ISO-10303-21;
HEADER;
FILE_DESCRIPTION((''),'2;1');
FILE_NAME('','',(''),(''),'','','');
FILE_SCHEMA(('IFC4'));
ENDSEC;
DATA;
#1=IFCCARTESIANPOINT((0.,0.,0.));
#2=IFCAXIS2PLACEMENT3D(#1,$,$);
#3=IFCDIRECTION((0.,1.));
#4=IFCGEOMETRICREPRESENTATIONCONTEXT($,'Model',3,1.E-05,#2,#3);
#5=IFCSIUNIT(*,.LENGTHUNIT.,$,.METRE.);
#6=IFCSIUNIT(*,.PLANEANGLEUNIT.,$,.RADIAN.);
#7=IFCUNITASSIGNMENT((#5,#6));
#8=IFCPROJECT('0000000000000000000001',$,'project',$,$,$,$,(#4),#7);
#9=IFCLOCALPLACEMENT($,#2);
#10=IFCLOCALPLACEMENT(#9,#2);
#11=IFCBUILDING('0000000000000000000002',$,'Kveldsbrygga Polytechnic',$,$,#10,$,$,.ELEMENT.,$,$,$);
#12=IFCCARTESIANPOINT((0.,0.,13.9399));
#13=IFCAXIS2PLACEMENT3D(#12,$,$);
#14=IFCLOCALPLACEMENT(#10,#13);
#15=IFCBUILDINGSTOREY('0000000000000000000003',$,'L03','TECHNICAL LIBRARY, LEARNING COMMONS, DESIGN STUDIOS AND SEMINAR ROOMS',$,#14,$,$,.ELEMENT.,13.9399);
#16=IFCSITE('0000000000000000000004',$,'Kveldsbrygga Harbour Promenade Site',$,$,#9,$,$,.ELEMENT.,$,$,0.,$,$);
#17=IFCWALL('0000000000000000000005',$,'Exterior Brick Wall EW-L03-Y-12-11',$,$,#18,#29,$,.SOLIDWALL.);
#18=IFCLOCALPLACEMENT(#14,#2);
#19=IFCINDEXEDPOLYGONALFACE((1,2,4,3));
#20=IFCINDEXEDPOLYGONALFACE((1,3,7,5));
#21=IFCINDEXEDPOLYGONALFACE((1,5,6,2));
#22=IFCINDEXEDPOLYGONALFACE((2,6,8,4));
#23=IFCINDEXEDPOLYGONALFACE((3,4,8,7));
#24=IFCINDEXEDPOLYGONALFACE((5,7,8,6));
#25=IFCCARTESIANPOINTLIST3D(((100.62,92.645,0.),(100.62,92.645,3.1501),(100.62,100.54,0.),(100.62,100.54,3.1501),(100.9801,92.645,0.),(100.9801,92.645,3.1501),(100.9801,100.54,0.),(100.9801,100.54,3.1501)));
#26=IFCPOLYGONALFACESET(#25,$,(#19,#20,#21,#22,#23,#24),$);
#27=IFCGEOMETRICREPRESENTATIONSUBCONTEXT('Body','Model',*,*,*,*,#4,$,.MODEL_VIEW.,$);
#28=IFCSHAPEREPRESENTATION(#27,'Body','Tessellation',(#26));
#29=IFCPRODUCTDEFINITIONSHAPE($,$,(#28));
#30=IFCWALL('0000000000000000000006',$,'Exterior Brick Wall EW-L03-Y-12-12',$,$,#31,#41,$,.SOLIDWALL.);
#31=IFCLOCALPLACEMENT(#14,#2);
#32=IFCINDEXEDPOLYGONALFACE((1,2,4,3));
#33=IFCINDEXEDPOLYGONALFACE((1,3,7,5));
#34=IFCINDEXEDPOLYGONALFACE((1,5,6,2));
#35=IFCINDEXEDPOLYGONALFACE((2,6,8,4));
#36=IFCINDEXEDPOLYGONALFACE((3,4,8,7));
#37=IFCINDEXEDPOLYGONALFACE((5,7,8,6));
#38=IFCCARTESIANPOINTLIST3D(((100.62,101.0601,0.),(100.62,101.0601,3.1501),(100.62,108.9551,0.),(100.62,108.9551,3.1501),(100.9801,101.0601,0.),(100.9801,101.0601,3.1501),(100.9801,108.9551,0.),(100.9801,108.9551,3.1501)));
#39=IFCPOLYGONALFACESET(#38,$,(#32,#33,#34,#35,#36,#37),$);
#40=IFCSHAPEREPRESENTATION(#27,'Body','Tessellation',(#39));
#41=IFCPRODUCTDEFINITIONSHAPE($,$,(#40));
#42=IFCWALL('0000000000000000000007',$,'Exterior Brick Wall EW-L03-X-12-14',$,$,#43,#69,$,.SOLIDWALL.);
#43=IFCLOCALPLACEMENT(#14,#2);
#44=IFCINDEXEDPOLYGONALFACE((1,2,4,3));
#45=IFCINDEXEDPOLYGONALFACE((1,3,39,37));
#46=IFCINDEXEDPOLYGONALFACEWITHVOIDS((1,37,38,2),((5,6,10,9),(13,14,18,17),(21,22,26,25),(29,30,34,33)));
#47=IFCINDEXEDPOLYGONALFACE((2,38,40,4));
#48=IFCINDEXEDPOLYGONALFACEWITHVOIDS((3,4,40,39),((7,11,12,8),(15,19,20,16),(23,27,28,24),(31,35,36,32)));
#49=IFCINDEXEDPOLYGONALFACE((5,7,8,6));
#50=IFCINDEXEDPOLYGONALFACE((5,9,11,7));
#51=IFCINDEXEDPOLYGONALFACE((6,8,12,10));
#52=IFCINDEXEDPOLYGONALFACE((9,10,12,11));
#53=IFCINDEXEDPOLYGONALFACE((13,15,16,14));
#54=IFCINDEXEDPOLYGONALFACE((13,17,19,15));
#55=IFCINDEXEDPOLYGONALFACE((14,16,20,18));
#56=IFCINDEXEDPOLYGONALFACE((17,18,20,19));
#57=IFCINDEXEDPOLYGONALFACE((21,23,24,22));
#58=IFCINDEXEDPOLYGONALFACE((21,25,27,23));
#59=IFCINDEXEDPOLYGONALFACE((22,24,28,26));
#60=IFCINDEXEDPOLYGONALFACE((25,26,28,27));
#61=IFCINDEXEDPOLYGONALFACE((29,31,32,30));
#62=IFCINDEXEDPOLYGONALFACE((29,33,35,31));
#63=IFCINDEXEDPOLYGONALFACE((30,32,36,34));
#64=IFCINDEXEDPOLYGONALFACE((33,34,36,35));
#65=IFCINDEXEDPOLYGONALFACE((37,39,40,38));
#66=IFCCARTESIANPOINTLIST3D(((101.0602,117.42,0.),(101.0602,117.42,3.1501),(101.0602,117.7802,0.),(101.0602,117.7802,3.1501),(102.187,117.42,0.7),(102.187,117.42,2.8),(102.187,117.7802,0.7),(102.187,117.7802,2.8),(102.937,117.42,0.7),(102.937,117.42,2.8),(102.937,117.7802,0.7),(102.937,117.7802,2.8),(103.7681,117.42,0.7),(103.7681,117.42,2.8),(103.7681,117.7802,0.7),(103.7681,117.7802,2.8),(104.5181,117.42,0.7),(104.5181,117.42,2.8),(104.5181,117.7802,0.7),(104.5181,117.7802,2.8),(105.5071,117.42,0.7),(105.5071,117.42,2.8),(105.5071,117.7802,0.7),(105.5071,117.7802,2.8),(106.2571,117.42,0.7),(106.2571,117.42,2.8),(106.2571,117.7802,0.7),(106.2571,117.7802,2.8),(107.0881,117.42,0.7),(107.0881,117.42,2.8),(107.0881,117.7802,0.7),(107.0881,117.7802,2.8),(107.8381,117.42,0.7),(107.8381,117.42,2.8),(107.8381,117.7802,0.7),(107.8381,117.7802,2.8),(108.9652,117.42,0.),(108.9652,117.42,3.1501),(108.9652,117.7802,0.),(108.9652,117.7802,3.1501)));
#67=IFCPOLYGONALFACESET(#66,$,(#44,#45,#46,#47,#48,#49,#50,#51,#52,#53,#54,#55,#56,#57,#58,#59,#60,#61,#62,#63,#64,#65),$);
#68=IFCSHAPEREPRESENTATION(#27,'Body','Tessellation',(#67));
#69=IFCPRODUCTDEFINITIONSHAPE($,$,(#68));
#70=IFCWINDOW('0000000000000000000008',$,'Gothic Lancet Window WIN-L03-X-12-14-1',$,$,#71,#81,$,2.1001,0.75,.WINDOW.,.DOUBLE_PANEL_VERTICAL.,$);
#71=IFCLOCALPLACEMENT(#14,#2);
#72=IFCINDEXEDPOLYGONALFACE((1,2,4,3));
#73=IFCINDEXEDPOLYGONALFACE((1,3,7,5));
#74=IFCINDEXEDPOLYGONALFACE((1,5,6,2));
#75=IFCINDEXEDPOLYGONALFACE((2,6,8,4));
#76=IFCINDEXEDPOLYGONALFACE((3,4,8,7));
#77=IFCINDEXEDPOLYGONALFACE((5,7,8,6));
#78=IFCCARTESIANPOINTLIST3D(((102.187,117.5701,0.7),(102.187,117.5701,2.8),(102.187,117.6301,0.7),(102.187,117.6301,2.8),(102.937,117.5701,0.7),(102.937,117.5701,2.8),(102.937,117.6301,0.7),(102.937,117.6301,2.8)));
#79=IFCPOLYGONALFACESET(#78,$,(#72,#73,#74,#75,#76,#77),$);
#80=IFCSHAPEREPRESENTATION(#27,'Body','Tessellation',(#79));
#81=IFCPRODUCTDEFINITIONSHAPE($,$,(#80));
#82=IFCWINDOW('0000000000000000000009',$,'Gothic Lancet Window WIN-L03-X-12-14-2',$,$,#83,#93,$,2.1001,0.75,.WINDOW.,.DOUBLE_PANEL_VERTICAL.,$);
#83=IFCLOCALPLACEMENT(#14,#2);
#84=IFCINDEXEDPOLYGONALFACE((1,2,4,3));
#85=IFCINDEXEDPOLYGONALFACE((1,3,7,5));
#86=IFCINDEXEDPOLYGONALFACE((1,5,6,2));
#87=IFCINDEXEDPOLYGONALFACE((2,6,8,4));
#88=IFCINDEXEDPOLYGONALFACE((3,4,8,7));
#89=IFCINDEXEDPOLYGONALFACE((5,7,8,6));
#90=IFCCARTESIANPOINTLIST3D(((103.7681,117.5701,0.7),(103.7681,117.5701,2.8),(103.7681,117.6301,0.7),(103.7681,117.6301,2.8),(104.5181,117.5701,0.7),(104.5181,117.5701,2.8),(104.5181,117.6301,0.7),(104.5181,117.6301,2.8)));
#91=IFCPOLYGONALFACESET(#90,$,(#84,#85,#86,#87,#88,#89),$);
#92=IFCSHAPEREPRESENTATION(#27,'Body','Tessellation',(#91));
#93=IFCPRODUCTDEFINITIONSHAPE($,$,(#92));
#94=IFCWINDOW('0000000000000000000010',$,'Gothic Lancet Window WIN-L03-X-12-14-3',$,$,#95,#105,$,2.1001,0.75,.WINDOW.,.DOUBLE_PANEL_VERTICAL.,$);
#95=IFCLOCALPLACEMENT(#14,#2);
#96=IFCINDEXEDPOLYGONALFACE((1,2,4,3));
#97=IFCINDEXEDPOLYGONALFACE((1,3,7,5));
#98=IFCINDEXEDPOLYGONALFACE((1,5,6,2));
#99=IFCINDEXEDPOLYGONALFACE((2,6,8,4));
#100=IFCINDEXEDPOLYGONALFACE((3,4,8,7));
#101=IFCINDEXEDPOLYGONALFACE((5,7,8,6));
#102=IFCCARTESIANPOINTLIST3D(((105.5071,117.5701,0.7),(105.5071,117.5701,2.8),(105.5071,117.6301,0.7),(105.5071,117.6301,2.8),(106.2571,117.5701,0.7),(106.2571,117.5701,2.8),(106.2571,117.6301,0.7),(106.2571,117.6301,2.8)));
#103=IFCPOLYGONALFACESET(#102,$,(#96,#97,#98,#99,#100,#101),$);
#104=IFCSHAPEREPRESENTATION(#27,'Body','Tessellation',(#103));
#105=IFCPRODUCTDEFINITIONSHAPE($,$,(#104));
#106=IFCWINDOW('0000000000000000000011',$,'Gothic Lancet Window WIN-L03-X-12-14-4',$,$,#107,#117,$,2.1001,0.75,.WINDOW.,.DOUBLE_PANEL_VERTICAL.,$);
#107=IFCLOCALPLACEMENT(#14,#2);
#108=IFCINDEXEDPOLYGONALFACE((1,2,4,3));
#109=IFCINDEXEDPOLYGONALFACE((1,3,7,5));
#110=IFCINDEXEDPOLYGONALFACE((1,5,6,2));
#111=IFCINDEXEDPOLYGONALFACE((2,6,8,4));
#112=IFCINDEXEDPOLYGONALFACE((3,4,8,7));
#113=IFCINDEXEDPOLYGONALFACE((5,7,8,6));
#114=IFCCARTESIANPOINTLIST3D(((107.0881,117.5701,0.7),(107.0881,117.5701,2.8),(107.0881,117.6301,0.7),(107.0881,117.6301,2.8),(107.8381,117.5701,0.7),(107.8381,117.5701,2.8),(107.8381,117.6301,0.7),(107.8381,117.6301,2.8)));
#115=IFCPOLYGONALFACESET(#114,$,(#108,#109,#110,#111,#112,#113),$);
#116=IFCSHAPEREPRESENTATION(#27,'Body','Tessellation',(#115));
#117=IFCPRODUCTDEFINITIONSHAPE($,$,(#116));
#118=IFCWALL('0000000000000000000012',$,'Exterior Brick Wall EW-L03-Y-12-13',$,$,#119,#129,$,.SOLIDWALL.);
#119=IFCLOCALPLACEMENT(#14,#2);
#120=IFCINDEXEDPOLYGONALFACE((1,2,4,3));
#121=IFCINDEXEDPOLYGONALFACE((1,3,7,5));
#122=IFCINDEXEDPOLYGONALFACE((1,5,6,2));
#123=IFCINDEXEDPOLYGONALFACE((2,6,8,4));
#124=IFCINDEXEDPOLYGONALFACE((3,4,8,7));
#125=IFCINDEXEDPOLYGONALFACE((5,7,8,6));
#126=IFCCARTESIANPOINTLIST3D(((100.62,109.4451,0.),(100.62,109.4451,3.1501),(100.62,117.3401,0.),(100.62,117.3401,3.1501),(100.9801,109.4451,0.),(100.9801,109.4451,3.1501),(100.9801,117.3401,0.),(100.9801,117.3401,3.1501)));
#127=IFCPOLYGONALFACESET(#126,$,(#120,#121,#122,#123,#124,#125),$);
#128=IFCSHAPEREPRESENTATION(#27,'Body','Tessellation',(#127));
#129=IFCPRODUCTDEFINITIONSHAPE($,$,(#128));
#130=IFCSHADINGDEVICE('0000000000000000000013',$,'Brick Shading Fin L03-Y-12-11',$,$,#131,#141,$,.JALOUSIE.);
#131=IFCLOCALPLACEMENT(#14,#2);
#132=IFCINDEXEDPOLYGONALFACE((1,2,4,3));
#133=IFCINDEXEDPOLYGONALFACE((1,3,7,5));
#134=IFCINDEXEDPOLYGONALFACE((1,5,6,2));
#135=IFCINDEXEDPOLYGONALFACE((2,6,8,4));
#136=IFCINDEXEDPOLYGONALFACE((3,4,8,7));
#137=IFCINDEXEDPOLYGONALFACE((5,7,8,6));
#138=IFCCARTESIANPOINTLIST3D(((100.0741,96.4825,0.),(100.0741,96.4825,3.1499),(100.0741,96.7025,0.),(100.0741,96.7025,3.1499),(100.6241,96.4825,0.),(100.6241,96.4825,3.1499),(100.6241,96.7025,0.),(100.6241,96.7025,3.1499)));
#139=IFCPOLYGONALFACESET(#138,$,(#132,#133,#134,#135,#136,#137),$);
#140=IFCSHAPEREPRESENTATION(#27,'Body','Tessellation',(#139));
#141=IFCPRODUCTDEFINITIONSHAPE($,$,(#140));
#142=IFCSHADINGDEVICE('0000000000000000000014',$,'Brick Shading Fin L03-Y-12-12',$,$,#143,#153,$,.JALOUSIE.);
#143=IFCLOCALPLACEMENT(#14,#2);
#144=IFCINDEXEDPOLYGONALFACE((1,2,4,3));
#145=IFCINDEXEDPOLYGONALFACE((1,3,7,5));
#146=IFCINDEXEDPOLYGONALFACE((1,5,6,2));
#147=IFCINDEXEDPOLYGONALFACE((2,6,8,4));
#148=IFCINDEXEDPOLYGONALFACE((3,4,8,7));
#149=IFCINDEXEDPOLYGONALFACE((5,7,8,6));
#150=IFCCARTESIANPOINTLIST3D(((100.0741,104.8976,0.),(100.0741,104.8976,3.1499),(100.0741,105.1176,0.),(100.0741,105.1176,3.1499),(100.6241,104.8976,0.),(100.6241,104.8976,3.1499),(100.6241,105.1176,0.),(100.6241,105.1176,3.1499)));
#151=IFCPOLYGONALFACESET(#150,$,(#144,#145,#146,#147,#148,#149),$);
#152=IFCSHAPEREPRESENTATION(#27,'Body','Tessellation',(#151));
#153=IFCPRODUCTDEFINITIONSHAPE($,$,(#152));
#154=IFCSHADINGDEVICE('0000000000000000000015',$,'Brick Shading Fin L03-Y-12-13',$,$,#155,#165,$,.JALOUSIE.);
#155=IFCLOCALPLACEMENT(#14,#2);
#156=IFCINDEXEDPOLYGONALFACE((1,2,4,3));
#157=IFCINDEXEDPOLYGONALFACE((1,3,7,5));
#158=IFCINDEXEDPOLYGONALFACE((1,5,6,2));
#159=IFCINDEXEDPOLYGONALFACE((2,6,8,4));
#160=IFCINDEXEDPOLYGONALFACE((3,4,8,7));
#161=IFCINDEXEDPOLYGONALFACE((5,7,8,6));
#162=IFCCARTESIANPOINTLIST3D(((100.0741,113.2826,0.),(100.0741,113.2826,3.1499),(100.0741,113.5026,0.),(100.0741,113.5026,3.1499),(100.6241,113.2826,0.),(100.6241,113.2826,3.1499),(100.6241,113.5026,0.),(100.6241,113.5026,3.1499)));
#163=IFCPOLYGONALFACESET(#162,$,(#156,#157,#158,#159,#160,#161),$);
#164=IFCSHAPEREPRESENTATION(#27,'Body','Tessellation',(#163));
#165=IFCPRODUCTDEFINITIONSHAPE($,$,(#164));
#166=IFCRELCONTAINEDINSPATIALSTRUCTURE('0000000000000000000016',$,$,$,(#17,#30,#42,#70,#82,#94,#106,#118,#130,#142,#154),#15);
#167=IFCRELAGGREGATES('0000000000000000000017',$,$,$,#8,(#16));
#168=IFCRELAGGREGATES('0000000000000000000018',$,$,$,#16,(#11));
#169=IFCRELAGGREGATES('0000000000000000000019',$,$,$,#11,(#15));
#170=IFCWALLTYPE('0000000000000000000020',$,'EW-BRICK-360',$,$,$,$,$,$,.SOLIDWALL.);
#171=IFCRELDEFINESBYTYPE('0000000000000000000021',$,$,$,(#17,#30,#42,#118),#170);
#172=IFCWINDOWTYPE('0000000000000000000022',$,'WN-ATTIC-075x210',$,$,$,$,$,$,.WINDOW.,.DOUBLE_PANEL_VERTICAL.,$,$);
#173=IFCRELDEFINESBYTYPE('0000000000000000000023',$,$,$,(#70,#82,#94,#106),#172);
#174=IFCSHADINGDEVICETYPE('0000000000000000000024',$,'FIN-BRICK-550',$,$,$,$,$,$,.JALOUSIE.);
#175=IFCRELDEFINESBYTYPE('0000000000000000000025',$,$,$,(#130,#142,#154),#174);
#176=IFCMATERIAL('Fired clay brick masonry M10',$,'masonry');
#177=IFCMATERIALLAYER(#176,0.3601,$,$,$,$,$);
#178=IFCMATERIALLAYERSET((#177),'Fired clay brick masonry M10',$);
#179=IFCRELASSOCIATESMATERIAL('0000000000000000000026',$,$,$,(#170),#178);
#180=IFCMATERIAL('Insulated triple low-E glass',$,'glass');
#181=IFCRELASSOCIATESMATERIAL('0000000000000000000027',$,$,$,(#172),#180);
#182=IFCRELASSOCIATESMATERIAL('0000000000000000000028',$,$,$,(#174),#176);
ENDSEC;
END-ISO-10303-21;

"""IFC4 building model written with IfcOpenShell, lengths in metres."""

from ifc_helpers import new_model, si_unit, direction, frame, frame_2d, origin, origin_2d, place, context, subcontext, project, spatial, rectangle, extrude, material, layer, layer_set, type_object, element, fill, save


model = new_model("IFC4")

# Units and contexts
model_context = context("Model", 3, precision=1e-05, world=origin(), true_north=direction((0.0, 1.0)))
body_context = subcontext(model_context, "Body", "Model", "MODEL_VIEW")
ifc_project = project(units=[si_unit("LENGTHUNIT", "METRE"), si_unit("PLANEANGLEUNIT", "RADIAN")], contexts=[model_context])

# Site, building, storey
site_placement = place(None, origin())
site = spatial("IfcSite", under=ifc_project, at=site_placement, Name="Kveldsbrygga Harbour Promenade Site", CompositionType="ELEMENT", RefElevation=0.0)
building_placement = place(site_placement, origin())
building = spatial("IfcBuilding", under=site, at=building_placement, Name="Kveldsbrygga Polytechnic", CompositionType="ELEMENT")
storey_placement = place(building_placement, frame((0.0, 0.0, 13.9399)))
storey = spatial("IfcBuildingStorey", under=building, at=storey_placement, Name="L03", Description="TECHNICAL LIBRARY, LEARNING COMMONS, DESIGN STUDIOS AND SEMINAR ROOMS", CompositionType="ELEMENT", Elevation=13.9399)

# Walls
ifc_material_1 = material(Name="Fired clay brick masonry M10", Category="masonry")
ifc_layer = layer(ifc_material_1, 0.3601)
ifc_layer_set = layer_set([ifc_layer], Name="Fired clay brick masonry M10")
wall_type = type_object("IfcWallType", Name="EW-BRICK-360", PredefinedType="SOLIDWALL", material=ifc_layer_set)
for number, where, z_axis, x_axis, name in (
    (1, (100.8, 92.645, 0.0), (0.0, 0.0, 1.0), (0.0, 1.0, 0.0), "Exterior Brick Wall EW-L03-Y-12-11"),
    (2, (100.8, 101.0601, 0.0), (0.0, 0.0, 1.0), (0.0, 1.0, 0.0), "Exterior Brick Wall EW-L03-Y-12-12"),
):
    element("IfcWall", number, at=place(storey_placement, frame(where, z_axis=z_axis, x_axis=x_axis)), inside=storey, type_object=wall_type, Name=name, PredefinedType="SOLIDWALL", context=body_context, shape_type="SweptSolid", body=[
        extrude(rectangle(XDim=7.895, YDim=0.3601, at=frame_2d((3.9475, 0.0))), origin(), (0.0, 0.0, 1.0), 3.1501),
    ])

# Wall, openings, windows
wall_1_placement = place(storey_placement, frame((101.0601, 117.6001, 0.0), z_axis=(0.0, 0.0, 1.0), x_axis=(1.0, 0.0, 0.0)))
wall_1 = element("IfcWall", 3, at=wall_1_placement, inside=storey, type_object=wall_type, Name="Exterior Brick Wall EW-L03-X-12-14", PredefinedType="SOLIDWALL", context=body_context, shape_type="SweptSolid", body=[
    extrude(rectangle(XDim=7.905, YDim=0.3601, at=frame_2d((3.9526, 0.0))), origin(), (0.0, 0.0, 1.0), 3.1501),
])
opening_1_placement = place(wall_1_placement, frame((1.127, 0.0, 0.7)))
opening_1 = element("IfcOpeningElement", 4, at=opening_1_placement, cuts=wall_1, PredefinedType="OPENING", context=body_context, shape_type="SweptSolid", body=[
    extrude(rectangle(XDim=0.75, YDim=2.1001, at=frame_2d((0.375, 1.05))), frame((0.0, 0.1899, 0.0), z_axis=(0.0, -1.0, 0.0), x_axis=(1.0, 0.0, 0.0)), (0.0, 0.0, 1.0), 0.3801),
])
opening_2_placement = place(wall_1_placement, frame((2.708, 0.0, 0.7)))
opening_2 = element("IfcOpeningElement", 5, at=opening_2_placement, cuts=wall_1, PredefinedType="OPENING", context=body_context, shape_type="SweptSolid", body=[
    extrude(rectangle(XDim=0.75, YDim=2.1001, at=frame_2d((0.375, 1.05))), frame((0.0, 0.1899, 0.0), z_axis=(0.0, -1.0, 0.0), x_axis=(1.0, 0.0, 0.0)), (0.0, 0.0, 1.0), 0.3801),
])
opening_3_placement = place(wall_1_placement, frame((4.447, 0.0, 0.7)))
opening_3 = element("IfcOpeningElement", 6, at=opening_3_placement, cuts=wall_1, PredefinedType="OPENING", context=body_context, shape_type="SweptSolid", body=[
    extrude(rectangle(XDim=0.75, YDim=2.1001, at=frame_2d((0.375, 1.05))), frame((0.0, 0.1899, 0.0), z_axis=(0.0, -1.0, 0.0), x_axis=(1.0, 0.0, 0.0)), (0.0, 0.0, 1.0), 0.3801),
])
opening_4_placement = place(wall_1_placement, frame((6.0281, 0.0, 0.7)))
opening_4 = element("IfcOpeningElement", 7, at=opening_4_placement, cuts=wall_1, PredefinedType="OPENING", context=body_context, shape_type="SweptSolid", body=[
    extrude(rectangle(XDim=0.75, YDim=2.1001, at=frame_2d((0.375, 1.05))), frame((0.0, 0.1899, 0.0), z_axis=(0.0, -1.0, 0.0), x_axis=(1.0, 0.0, 0.0)), (0.0, 0.0, 1.0), 0.3801),
])
ifc_material_2 = material(Name="Insulated triple low-E glass", Category="glass")
window_type = type_object("IfcWindowType", Name="WN-ATTIC-075x210", PartitioningType="DOUBLE_PANEL_VERTICAL", PredefinedType="WINDOW", material=ifc_material_2)
window_1_placement = place(opening_1_placement, origin())
window_1 = element("IfcWindow", 8, at=window_1_placement, inside=storey, type_object=window_type, Name="Gothic Lancet Window WIN-L03-X-12-14-1", OverallHeight=2.1001, OverallWidth=0.75, PartitioningType="DOUBLE_PANEL_VERTICAL", PredefinedType="WINDOW", context=body_context, shape_type="SweptSolid", body=[
    extrude(rectangle(XDim=0.75, YDim=2.1001, at=frame_2d((0.375, 1.05))), frame((0.0, 0.03, 0.0), z_axis=(0.0, -1.0, 0.0), x_axis=(1.0, 0.0, 0.0)), (0.0, 0.0, 1.0), 0.0601),
])
fill(opening_1, window_1)
window_2_placement = place(opening_2_placement, origin())
window_2 = element("IfcWindow", 9, at=window_2_placement, inside=storey, type_object=window_type, Name="Gothic Lancet Window WIN-L03-X-12-14-2", OverallHeight=2.1001, OverallWidth=0.75, PartitioningType="DOUBLE_PANEL_VERTICAL", PredefinedType="WINDOW", context=body_context, shape_type="SweptSolid", body=[
    extrude(rectangle(XDim=0.75, YDim=2.1001, at=frame_2d((0.375, 1.05))), frame((0.0, 0.03, 0.0), z_axis=(0.0, -1.0, 0.0), x_axis=(1.0, 0.0, 0.0)), (0.0, 0.0, 1.0), 0.0601),
])
fill(opening_2, window_2)
window_3_placement = place(opening_3_placement, origin())
window_3 = element("IfcWindow", 10, at=window_3_placement, inside=storey, type_object=window_type, Name="Gothic Lancet Window WIN-L03-X-12-14-3", OverallHeight=2.1001, OverallWidth=0.75, PartitioningType="DOUBLE_PANEL_VERTICAL", PredefinedType="WINDOW", context=body_context, shape_type="SweptSolid", body=[
    extrude(rectangle(XDim=0.75, YDim=2.1001, at=frame_2d((0.375, 1.05))), frame((0.0, 0.03, 0.0), z_axis=(0.0, -1.0, 0.0), x_axis=(1.0, 0.0, 0.0)), (0.0, 0.0, 1.0), 0.0601),
])
fill(opening_3, window_3)
window_4_placement = place(opening_4_placement, origin())
window_4 = element("IfcWindow", 11, at=window_4_placement, inside=storey, type_object=window_type, Name="Gothic Lancet Window WIN-L03-X-12-14-4", OverallHeight=2.1001, OverallWidth=0.75, PartitioningType="DOUBLE_PANEL_VERTICAL", PredefinedType="WINDOW", context=body_context, shape_type="SweptSolid", body=[
    extrude(rectangle(XDim=0.75, YDim=2.1001, at=frame_2d((0.375, 1.05))), frame((0.0, 0.03, 0.0), z_axis=(0.0, -1.0, 0.0), x_axis=(1.0, 0.0, 0.0)), (0.0, 0.0, 1.0), 0.0601),
])
fill(opening_4, window_4)

# Wall
wall_2_placement = place(storey_placement, frame((100.8, 109.4451, 0.0), z_axis=(0.0, 0.0, 1.0), x_axis=(0.0, 1.0, 0.0)))
element("IfcWall", 12, at=wall_2_placement, inside=storey, type_object=wall_type, Name="Exterior Brick Wall EW-L03-Y-12-13", PredefinedType="SOLIDWALL", context=body_context, shape_type="SweptSolid", body=[
    extrude(rectangle(XDim=7.895, YDim=0.3601, at=frame_2d((3.9475, 0.0))), origin(), (0.0, 0.0, 1.0), 3.1501),
])

# Shading devices
shading_device_type = type_object("IfcShadingDeviceType", Name="FIN-BRICK-550", PredefinedType="JALOUSIE", material=ifc_material_1)
for number, where, z_axis, x_axis, name in (
    (13, (100.3491, 96.5925, 0.0), (0.0, 0.0, 1.0), (0.0, 1.0, 0.0), "Brick Shading Fin L03-Y-12-11"),
    (14, (100.3491, 105.0076, 0.0), (0.0, 0.0, 1.0), (0.0, 1.0, 0.0), "Brick Shading Fin L03-Y-12-12"),
    (15, (100.3491, 113.3926, 0.0), (0.0, 0.0, 1.0), (0.0, 1.0, 0.0), "Brick Shading Fin L03-Y-12-13"),
):
    element("IfcShadingDevice", number, at=place(storey_placement, frame(where, z_axis=z_axis, x_axis=x_axis)), inside=storey, type_object=shading_device_type, Name=name, PredefinedType="JALOUSIE", context=body_context, shape_type="SweptSolid", body=[
        extrude(rectangle(XDim=0.22, YDim=0.55, at=origin_2d()), origin(), (0.0, 0.0, 1.0), 3.1499),
    ])

save(model, "model.ifc")
